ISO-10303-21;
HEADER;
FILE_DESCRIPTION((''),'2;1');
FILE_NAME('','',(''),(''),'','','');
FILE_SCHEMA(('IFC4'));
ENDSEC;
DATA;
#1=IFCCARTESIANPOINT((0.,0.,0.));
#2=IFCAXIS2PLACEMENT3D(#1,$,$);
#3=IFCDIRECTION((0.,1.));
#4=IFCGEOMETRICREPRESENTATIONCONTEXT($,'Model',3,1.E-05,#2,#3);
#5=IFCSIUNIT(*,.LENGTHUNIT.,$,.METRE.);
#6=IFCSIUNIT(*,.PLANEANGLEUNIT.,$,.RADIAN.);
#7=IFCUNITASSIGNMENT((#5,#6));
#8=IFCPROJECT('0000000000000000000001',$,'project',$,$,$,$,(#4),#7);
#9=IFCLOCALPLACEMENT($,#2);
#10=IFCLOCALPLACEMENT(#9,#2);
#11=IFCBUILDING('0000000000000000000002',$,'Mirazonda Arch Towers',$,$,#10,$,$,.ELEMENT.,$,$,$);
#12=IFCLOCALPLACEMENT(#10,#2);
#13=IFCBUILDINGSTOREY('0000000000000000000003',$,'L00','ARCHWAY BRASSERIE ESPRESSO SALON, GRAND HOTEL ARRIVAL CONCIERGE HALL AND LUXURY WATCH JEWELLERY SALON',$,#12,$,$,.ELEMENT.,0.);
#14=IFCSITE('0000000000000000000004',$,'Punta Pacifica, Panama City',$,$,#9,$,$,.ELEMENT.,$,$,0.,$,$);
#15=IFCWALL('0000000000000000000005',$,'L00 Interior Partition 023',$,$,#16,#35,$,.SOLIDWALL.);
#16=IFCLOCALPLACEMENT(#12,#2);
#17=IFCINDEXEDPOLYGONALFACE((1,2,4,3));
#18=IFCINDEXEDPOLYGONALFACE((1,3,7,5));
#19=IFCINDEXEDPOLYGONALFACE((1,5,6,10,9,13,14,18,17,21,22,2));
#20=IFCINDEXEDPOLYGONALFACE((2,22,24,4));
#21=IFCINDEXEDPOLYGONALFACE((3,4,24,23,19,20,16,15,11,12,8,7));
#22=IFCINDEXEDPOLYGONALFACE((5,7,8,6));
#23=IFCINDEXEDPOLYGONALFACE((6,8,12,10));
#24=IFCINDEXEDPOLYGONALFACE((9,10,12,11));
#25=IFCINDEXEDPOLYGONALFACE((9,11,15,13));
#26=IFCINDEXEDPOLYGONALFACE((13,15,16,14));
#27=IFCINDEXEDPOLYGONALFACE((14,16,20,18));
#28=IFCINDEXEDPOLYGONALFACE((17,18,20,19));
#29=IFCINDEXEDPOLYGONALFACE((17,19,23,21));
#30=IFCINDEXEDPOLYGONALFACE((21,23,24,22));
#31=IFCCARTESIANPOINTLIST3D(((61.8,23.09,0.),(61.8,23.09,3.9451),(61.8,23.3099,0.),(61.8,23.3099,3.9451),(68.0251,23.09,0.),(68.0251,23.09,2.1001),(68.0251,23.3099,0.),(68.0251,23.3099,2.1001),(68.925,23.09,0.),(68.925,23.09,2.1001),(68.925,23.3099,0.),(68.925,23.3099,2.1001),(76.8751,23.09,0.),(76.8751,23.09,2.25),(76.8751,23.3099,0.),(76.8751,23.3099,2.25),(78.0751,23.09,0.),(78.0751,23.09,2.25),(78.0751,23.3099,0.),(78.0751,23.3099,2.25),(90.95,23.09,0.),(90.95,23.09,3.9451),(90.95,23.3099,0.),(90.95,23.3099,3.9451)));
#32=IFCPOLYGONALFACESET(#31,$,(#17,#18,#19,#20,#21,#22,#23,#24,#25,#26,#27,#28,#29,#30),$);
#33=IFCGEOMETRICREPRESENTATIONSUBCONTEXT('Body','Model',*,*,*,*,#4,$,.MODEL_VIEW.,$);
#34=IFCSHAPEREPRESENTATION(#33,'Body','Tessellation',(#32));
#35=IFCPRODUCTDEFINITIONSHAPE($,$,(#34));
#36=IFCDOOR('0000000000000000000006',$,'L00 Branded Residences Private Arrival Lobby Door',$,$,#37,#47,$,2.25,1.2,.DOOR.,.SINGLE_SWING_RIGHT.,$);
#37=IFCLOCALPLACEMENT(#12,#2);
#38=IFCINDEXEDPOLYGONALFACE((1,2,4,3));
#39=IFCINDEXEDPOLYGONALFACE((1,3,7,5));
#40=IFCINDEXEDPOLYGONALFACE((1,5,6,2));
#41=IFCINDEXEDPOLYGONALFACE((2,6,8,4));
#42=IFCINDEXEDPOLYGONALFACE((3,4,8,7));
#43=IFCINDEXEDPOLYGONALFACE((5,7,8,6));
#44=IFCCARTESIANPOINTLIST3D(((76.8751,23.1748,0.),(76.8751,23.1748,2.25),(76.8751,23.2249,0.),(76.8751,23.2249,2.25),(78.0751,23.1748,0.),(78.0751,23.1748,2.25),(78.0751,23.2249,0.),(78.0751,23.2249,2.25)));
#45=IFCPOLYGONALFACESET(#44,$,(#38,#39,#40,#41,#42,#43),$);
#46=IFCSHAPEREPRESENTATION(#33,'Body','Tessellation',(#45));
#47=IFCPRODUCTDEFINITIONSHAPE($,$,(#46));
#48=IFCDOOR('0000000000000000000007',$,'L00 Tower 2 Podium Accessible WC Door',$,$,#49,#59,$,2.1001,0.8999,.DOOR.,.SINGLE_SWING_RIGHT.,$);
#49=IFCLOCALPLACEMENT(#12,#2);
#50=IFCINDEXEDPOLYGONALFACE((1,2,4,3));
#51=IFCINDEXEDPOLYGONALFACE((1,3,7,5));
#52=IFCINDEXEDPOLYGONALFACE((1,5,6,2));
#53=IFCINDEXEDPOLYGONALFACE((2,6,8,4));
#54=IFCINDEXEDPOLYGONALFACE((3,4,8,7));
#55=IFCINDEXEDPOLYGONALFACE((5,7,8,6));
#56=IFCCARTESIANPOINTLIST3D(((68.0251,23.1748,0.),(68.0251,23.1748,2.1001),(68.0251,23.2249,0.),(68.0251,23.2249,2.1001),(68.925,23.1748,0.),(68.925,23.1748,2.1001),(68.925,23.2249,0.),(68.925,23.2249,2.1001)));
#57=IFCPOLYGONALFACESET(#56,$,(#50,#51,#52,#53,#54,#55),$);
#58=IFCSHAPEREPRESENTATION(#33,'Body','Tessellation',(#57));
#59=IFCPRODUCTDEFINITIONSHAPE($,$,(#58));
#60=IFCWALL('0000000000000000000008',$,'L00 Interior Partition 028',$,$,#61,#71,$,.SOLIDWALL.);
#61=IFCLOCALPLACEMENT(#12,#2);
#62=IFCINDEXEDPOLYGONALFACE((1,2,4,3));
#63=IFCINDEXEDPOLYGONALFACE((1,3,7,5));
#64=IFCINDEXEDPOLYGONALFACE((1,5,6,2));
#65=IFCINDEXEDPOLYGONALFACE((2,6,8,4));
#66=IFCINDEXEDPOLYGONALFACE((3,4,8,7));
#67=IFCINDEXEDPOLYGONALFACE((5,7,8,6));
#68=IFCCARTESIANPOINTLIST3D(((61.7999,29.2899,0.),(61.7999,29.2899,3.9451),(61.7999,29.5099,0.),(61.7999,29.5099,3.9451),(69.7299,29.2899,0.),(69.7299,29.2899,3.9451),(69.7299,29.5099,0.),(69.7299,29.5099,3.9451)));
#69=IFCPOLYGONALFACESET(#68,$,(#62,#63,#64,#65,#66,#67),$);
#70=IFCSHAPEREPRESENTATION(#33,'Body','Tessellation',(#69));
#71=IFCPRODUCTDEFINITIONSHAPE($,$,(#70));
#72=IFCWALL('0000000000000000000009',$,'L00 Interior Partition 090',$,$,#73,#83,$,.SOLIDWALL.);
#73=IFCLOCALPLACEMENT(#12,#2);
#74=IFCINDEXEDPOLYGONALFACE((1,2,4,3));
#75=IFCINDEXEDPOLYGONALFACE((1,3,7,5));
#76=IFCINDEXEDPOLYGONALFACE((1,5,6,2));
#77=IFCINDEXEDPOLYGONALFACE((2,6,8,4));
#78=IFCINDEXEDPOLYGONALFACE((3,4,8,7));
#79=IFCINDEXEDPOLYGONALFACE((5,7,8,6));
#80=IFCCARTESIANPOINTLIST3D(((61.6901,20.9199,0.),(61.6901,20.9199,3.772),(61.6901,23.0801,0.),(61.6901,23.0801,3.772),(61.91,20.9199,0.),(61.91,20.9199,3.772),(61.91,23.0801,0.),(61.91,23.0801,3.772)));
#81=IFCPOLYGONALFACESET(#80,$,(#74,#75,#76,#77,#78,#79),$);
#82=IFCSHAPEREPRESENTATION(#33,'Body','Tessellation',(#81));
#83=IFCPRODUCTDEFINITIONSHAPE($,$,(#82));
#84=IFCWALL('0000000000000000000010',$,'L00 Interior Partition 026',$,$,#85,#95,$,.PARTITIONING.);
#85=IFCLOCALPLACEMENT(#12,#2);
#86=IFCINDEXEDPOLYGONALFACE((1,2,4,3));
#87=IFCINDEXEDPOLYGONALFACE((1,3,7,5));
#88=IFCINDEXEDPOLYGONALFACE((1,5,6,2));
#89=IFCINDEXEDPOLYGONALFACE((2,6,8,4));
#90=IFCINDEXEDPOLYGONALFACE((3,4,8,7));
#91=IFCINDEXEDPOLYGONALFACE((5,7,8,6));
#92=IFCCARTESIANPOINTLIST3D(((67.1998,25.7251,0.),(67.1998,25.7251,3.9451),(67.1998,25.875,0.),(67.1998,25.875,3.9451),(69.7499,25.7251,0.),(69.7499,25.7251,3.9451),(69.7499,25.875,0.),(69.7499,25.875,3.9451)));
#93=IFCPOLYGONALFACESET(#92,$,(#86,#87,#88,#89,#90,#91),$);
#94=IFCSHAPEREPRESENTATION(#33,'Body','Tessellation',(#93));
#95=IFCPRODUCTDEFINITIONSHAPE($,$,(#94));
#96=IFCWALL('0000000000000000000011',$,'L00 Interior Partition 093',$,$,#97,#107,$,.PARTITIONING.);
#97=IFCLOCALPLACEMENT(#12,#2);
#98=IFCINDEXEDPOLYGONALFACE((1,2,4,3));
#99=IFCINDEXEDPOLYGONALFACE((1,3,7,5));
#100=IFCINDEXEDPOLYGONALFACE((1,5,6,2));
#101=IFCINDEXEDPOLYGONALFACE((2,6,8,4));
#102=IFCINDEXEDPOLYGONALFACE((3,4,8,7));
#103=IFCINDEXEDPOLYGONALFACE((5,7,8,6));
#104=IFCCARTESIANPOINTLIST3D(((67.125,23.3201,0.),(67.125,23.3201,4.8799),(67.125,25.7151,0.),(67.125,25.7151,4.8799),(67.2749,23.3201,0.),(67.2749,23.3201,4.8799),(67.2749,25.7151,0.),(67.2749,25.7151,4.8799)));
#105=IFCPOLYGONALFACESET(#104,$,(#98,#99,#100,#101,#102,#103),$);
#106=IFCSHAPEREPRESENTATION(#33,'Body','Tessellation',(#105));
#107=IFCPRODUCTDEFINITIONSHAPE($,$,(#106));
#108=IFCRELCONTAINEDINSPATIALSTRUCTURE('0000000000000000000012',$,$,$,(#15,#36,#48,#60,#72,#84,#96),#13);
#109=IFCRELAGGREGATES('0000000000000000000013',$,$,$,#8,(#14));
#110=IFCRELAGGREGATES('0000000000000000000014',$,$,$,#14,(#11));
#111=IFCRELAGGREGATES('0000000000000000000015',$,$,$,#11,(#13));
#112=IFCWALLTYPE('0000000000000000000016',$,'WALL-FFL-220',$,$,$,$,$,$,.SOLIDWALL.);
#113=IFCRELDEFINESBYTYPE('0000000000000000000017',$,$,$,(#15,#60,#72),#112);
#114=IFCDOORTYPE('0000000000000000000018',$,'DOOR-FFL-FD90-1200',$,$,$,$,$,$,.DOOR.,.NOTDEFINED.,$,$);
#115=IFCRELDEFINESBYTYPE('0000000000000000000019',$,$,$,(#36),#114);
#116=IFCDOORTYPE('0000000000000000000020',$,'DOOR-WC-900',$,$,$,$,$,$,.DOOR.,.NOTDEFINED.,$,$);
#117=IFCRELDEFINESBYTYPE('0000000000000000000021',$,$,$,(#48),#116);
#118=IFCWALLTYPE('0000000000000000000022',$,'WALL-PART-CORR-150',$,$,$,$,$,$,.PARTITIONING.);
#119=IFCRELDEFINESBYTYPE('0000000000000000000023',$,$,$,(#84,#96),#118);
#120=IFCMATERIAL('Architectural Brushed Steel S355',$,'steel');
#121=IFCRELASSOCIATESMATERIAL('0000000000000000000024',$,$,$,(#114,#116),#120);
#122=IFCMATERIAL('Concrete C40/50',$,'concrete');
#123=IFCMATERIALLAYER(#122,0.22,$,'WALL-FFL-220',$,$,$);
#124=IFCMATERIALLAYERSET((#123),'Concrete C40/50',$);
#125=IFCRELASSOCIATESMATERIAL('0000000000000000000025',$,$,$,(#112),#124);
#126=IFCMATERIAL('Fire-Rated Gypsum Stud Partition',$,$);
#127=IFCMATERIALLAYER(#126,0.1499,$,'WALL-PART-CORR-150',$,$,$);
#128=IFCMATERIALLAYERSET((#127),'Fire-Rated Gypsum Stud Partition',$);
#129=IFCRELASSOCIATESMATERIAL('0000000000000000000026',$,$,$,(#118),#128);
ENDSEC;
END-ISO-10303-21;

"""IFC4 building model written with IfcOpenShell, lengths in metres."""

from ifc_helpers import new_model, si_unit, direction, frame, frame_2d, origin, place, context, subcontext, project, spatial, rectangle, extrude, material, layer, layer_set, type_object, element, fill, save


model = new_model("IFC4")

# Units and contexts
model_context = context("Model", 3, precision=1e-05, world=origin(), true_north=direction((0.0, 1.0)))
body_context = subcontext(model_context, "Body", "Model", "MODEL_VIEW")
ifc_project = project(units=[si_unit("LENGTHUNIT", "METRE"), si_unit("PLANEANGLEUNIT", "RADIAN")], contexts=[model_context])

# Site, building, storey
site_placement = place(None, origin())
site = spatial("IfcSite", under=ifc_project, at=site_placement, Name="Punta Pacifica, Panama City", CompositionType="ELEMENT", RefElevation=0.0)
building_placement = place(site_placement, origin())
building = spatial("IfcBuilding", under=site, at=building_placement, Name="Mirazonda Arch Towers", CompositionType="ELEMENT")
storey_placement = place(building_placement, origin())
storey = spatial("IfcBuildingStorey", under=building, at=storey_placement, Name="L00", Description="ARCHWAY BRASSERIE ESPRESSO SALON, GRAND HOTEL ARRIVAL CONCIERGE HALL AND LUXURY WATCH JEWELLERY SALON", CompositionType="ELEMENT", Elevation=0.0)

# Wall, openings, doors
ifc_material_1 = material(Name="Architectural Brushed Steel S355", Category="steel")
door_type_1 = type_object("IfcDoorType", Name="DOOR-FFL-FD90-1200", OperationType="NOTDEFINED", PredefinedType="DOOR", material=ifc_material_1)
ifc_material_2 = material(Name="Concrete C40/50", Category="concrete")
ifc_layer_1 = layer(ifc_material_2, 0.22, Name="WALL-FFL-220")
ifc_layer_set_1 = layer_set([ifc_layer_1], Name="Concrete C40/50")
wall_type_1 = type_object("IfcWallType", Name="WALL-FFL-220", PredefinedType="SOLIDWALL", material=ifc_layer_set_1)
wall_1_placement = place(storey_placement, frame((61.8, 23.2, 0.0), z_axis=(0.0, 0.0, 1.0), x_axis=(1.0, 0.0, 0.0)))
wall_1 = element("IfcWall", 1, at=wall_1_placement, inside=storey, type_object=wall_type_1, Name="L00 Interior Partition 023", PredefinedType="SOLIDWALL", context=body_context, shape_type="SweptSolid", body=[
    extrude(rectangle(XDim=29.1499, YDim=0.22, at=frame_2d((14.575, 0.0))), origin(), (0.0, 0.0, 1.0), 3.9451),
])
opening_1_placement = place(wall_1_placement, frame((6.2251, 0.0, 0.0)))
opening_1 = element("IfcOpeningElement", 2, at=opening_1_placement, cuts=wall_1, PredefinedType="OPENING", context=body_context, shape_type="SweptSolid", body=[
    extrude(rectangle(XDim=0.8999, YDim=2.1001, at=frame_2d((0.45, 1.05))), frame((0.0, 0.1199, 0.0), z_axis=(0.0, -1.0, 0.0), x_axis=(1.0, 0.0, 0.0)), (0.0, 0.0, 1.0), 0.24),
])
opening_2_placement = place(wall_1_placement, frame((15.075, 0.0, 0.0)))
opening_2 = element("IfcOpeningElement", 3, at=opening_2_placement, cuts=wall_1, PredefinedType="OPENING", context=body_context, shape_type="SweptSolid", body=[
    extrude(rectangle(XDim=1.2, YDim=2.25, at=frame_2d((0.6001, 1.125))), frame((0.0, 0.1199, 0.0), z_axis=(0.0, -1.0, 0.0), x_axis=(1.0, 0.0, 0.0)), (0.0, 0.0, 1.0), 0.24),
])
door_1_placement = place(opening_2_placement, origin())
door_1 = element("IfcDoor", 4, at=door_1_placement, inside=storey, type_object=door_type_1, Name="L00 Branded Residences Private Arrival Lobby Door", OperationType="SINGLE_SWING_RIGHT", OverallHeight=2.25, OverallWidth=1.2, PredefinedType="DOOR", context=body_context, shape_type="SweptSolid", body=[
    extrude(rectangle(XDim=1.2, YDim=2.25, at=frame_2d((0.6001, 1.125))), frame((0.0, 0.0249, 0.0), z_axis=(0.0, -1.0, 0.0), x_axis=(1.0, 0.0, 0.0)), (0.0, 0.0, 1.0), 0.05),
])
fill(opening_2, door_1)
door_type_2 = type_object("IfcDoorType", Name="DOOR-WC-900", OperationType="NOTDEFINED", PredefinedType="DOOR", material=ifc_material_1)
door_2_placement = place(opening_1_placement, origin())
door_2 = element("IfcDoor", 5, at=door_2_placement, inside=storey, type_object=door_type_2, Name="L00 Tower 2 Podium Accessible WC Door", OperationType="SINGLE_SWING_RIGHT", OverallHeight=2.1001, OverallWidth=0.8999, PredefinedType="DOOR", context=body_context, shape_type="SweptSolid", body=[
    extrude(rectangle(XDim=0.8999, YDim=2.1001, at=frame_2d((0.45, 1.05))), frame((0.0, 0.0249, 0.0), z_axis=(0.0, -1.0, 0.0), x_axis=(1.0, 0.0, 0.0)), (0.0, 0.0, 1.0), 0.05),
])
fill(opening_1, door_2)

# Walls
wall_2_placement = place(storey_placement, frame((61.8, 29.3999, 0.0), z_axis=(0.0, 0.0, 1.0), x_axis=(1.0, 0.0, 0.0)))
element("IfcWall", 6, at=wall_2_placement, inside=storey, type_object=wall_type_1, Name="L00 Interior Partition 028", PredefinedType="SOLIDWALL", context=body_context, shape_type="SweptSolid", body=[
    extrude(rectangle(XDim=7.9299, YDim=0.22, at=frame_2d((3.9648, 0.0))), origin(), (0.0, 0.0, 1.0), 3.9451),
])
wall_3_placement = place(storey_placement, frame((61.8, 20.9199, 0.0), z_axis=(0.0, 0.0, 1.0), x_axis=(0.0, 1.0, 0.0)))
element("IfcWall", 7, at=wall_3_placement, inside=storey, type_object=wall_type_1, Name="L00 Interior Partition 090", PredefinedType="SOLIDWALL", context=body_context, shape_type="SweptSolid", body=[
    extrude(rectangle(XDim=2.1602, YDim=0.22, at=frame_2d((1.0801, 0.0))), origin(), (0.0, 0.0, 1.0), 3.772),
])
ifc_material_3 = material(Name="Fire-Rated Gypsum Stud Partition")
ifc_layer_2 = layer(ifc_material_3, 0.1499, Name="WALL-PART-CORR-150")
ifc_layer_set_2 = layer_set([ifc_layer_2], Name="Fire-Rated Gypsum Stud Partition")
wall_type_2 = type_object("IfcWallType", Name="WALL-PART-CORR-150", PredefinedType="PARTITIONING", material=ifc_layer_set_2)
wall_4_placement = place(storey_placement, frame((67.2, 25.8, 0.0), z_axis=(0.0, 0.0, 1.0), x_axis=(1.0, 0.0, 0.0)))
element("IfcWall", 8, at=wall_4_placement, inside=storey, type_object=wall_type_2, Name="L00 Interior Partition 026", PredefinedType="PARTITIONING", context=body_context, shape_type="SweptSolid", body=[
    extrude(rectangle(XDim=2.55, YDim=0.1499, at=frame_2d((1.2749, 0.0))), origin(), (0.0, 0.0, 1.0), 3.9451),
])
wall_5_placement = place(storey_placement, frame((67.2, 23.3201, 0.0), z_axis=(0.0, 0.0, 1.0), x_axis=(0.0, 1.0, 0.0)))
element("IfcWall", 9, at=wall_5_placement, inside=storey, type_object=wall_type_2, Name="L00 Interior Partition 093", PredefinedType="PARTITIONING", context=body_context, shape_type="SweptSolid", body=[
    extrude(rectangle(XDim=2.395, YDim=0.1499, at=frame_2d((1.1975, 0.0))), origin(), (0.0, 0.0, 1.0), 4.8799),
])

save(model, "model.ifc")
